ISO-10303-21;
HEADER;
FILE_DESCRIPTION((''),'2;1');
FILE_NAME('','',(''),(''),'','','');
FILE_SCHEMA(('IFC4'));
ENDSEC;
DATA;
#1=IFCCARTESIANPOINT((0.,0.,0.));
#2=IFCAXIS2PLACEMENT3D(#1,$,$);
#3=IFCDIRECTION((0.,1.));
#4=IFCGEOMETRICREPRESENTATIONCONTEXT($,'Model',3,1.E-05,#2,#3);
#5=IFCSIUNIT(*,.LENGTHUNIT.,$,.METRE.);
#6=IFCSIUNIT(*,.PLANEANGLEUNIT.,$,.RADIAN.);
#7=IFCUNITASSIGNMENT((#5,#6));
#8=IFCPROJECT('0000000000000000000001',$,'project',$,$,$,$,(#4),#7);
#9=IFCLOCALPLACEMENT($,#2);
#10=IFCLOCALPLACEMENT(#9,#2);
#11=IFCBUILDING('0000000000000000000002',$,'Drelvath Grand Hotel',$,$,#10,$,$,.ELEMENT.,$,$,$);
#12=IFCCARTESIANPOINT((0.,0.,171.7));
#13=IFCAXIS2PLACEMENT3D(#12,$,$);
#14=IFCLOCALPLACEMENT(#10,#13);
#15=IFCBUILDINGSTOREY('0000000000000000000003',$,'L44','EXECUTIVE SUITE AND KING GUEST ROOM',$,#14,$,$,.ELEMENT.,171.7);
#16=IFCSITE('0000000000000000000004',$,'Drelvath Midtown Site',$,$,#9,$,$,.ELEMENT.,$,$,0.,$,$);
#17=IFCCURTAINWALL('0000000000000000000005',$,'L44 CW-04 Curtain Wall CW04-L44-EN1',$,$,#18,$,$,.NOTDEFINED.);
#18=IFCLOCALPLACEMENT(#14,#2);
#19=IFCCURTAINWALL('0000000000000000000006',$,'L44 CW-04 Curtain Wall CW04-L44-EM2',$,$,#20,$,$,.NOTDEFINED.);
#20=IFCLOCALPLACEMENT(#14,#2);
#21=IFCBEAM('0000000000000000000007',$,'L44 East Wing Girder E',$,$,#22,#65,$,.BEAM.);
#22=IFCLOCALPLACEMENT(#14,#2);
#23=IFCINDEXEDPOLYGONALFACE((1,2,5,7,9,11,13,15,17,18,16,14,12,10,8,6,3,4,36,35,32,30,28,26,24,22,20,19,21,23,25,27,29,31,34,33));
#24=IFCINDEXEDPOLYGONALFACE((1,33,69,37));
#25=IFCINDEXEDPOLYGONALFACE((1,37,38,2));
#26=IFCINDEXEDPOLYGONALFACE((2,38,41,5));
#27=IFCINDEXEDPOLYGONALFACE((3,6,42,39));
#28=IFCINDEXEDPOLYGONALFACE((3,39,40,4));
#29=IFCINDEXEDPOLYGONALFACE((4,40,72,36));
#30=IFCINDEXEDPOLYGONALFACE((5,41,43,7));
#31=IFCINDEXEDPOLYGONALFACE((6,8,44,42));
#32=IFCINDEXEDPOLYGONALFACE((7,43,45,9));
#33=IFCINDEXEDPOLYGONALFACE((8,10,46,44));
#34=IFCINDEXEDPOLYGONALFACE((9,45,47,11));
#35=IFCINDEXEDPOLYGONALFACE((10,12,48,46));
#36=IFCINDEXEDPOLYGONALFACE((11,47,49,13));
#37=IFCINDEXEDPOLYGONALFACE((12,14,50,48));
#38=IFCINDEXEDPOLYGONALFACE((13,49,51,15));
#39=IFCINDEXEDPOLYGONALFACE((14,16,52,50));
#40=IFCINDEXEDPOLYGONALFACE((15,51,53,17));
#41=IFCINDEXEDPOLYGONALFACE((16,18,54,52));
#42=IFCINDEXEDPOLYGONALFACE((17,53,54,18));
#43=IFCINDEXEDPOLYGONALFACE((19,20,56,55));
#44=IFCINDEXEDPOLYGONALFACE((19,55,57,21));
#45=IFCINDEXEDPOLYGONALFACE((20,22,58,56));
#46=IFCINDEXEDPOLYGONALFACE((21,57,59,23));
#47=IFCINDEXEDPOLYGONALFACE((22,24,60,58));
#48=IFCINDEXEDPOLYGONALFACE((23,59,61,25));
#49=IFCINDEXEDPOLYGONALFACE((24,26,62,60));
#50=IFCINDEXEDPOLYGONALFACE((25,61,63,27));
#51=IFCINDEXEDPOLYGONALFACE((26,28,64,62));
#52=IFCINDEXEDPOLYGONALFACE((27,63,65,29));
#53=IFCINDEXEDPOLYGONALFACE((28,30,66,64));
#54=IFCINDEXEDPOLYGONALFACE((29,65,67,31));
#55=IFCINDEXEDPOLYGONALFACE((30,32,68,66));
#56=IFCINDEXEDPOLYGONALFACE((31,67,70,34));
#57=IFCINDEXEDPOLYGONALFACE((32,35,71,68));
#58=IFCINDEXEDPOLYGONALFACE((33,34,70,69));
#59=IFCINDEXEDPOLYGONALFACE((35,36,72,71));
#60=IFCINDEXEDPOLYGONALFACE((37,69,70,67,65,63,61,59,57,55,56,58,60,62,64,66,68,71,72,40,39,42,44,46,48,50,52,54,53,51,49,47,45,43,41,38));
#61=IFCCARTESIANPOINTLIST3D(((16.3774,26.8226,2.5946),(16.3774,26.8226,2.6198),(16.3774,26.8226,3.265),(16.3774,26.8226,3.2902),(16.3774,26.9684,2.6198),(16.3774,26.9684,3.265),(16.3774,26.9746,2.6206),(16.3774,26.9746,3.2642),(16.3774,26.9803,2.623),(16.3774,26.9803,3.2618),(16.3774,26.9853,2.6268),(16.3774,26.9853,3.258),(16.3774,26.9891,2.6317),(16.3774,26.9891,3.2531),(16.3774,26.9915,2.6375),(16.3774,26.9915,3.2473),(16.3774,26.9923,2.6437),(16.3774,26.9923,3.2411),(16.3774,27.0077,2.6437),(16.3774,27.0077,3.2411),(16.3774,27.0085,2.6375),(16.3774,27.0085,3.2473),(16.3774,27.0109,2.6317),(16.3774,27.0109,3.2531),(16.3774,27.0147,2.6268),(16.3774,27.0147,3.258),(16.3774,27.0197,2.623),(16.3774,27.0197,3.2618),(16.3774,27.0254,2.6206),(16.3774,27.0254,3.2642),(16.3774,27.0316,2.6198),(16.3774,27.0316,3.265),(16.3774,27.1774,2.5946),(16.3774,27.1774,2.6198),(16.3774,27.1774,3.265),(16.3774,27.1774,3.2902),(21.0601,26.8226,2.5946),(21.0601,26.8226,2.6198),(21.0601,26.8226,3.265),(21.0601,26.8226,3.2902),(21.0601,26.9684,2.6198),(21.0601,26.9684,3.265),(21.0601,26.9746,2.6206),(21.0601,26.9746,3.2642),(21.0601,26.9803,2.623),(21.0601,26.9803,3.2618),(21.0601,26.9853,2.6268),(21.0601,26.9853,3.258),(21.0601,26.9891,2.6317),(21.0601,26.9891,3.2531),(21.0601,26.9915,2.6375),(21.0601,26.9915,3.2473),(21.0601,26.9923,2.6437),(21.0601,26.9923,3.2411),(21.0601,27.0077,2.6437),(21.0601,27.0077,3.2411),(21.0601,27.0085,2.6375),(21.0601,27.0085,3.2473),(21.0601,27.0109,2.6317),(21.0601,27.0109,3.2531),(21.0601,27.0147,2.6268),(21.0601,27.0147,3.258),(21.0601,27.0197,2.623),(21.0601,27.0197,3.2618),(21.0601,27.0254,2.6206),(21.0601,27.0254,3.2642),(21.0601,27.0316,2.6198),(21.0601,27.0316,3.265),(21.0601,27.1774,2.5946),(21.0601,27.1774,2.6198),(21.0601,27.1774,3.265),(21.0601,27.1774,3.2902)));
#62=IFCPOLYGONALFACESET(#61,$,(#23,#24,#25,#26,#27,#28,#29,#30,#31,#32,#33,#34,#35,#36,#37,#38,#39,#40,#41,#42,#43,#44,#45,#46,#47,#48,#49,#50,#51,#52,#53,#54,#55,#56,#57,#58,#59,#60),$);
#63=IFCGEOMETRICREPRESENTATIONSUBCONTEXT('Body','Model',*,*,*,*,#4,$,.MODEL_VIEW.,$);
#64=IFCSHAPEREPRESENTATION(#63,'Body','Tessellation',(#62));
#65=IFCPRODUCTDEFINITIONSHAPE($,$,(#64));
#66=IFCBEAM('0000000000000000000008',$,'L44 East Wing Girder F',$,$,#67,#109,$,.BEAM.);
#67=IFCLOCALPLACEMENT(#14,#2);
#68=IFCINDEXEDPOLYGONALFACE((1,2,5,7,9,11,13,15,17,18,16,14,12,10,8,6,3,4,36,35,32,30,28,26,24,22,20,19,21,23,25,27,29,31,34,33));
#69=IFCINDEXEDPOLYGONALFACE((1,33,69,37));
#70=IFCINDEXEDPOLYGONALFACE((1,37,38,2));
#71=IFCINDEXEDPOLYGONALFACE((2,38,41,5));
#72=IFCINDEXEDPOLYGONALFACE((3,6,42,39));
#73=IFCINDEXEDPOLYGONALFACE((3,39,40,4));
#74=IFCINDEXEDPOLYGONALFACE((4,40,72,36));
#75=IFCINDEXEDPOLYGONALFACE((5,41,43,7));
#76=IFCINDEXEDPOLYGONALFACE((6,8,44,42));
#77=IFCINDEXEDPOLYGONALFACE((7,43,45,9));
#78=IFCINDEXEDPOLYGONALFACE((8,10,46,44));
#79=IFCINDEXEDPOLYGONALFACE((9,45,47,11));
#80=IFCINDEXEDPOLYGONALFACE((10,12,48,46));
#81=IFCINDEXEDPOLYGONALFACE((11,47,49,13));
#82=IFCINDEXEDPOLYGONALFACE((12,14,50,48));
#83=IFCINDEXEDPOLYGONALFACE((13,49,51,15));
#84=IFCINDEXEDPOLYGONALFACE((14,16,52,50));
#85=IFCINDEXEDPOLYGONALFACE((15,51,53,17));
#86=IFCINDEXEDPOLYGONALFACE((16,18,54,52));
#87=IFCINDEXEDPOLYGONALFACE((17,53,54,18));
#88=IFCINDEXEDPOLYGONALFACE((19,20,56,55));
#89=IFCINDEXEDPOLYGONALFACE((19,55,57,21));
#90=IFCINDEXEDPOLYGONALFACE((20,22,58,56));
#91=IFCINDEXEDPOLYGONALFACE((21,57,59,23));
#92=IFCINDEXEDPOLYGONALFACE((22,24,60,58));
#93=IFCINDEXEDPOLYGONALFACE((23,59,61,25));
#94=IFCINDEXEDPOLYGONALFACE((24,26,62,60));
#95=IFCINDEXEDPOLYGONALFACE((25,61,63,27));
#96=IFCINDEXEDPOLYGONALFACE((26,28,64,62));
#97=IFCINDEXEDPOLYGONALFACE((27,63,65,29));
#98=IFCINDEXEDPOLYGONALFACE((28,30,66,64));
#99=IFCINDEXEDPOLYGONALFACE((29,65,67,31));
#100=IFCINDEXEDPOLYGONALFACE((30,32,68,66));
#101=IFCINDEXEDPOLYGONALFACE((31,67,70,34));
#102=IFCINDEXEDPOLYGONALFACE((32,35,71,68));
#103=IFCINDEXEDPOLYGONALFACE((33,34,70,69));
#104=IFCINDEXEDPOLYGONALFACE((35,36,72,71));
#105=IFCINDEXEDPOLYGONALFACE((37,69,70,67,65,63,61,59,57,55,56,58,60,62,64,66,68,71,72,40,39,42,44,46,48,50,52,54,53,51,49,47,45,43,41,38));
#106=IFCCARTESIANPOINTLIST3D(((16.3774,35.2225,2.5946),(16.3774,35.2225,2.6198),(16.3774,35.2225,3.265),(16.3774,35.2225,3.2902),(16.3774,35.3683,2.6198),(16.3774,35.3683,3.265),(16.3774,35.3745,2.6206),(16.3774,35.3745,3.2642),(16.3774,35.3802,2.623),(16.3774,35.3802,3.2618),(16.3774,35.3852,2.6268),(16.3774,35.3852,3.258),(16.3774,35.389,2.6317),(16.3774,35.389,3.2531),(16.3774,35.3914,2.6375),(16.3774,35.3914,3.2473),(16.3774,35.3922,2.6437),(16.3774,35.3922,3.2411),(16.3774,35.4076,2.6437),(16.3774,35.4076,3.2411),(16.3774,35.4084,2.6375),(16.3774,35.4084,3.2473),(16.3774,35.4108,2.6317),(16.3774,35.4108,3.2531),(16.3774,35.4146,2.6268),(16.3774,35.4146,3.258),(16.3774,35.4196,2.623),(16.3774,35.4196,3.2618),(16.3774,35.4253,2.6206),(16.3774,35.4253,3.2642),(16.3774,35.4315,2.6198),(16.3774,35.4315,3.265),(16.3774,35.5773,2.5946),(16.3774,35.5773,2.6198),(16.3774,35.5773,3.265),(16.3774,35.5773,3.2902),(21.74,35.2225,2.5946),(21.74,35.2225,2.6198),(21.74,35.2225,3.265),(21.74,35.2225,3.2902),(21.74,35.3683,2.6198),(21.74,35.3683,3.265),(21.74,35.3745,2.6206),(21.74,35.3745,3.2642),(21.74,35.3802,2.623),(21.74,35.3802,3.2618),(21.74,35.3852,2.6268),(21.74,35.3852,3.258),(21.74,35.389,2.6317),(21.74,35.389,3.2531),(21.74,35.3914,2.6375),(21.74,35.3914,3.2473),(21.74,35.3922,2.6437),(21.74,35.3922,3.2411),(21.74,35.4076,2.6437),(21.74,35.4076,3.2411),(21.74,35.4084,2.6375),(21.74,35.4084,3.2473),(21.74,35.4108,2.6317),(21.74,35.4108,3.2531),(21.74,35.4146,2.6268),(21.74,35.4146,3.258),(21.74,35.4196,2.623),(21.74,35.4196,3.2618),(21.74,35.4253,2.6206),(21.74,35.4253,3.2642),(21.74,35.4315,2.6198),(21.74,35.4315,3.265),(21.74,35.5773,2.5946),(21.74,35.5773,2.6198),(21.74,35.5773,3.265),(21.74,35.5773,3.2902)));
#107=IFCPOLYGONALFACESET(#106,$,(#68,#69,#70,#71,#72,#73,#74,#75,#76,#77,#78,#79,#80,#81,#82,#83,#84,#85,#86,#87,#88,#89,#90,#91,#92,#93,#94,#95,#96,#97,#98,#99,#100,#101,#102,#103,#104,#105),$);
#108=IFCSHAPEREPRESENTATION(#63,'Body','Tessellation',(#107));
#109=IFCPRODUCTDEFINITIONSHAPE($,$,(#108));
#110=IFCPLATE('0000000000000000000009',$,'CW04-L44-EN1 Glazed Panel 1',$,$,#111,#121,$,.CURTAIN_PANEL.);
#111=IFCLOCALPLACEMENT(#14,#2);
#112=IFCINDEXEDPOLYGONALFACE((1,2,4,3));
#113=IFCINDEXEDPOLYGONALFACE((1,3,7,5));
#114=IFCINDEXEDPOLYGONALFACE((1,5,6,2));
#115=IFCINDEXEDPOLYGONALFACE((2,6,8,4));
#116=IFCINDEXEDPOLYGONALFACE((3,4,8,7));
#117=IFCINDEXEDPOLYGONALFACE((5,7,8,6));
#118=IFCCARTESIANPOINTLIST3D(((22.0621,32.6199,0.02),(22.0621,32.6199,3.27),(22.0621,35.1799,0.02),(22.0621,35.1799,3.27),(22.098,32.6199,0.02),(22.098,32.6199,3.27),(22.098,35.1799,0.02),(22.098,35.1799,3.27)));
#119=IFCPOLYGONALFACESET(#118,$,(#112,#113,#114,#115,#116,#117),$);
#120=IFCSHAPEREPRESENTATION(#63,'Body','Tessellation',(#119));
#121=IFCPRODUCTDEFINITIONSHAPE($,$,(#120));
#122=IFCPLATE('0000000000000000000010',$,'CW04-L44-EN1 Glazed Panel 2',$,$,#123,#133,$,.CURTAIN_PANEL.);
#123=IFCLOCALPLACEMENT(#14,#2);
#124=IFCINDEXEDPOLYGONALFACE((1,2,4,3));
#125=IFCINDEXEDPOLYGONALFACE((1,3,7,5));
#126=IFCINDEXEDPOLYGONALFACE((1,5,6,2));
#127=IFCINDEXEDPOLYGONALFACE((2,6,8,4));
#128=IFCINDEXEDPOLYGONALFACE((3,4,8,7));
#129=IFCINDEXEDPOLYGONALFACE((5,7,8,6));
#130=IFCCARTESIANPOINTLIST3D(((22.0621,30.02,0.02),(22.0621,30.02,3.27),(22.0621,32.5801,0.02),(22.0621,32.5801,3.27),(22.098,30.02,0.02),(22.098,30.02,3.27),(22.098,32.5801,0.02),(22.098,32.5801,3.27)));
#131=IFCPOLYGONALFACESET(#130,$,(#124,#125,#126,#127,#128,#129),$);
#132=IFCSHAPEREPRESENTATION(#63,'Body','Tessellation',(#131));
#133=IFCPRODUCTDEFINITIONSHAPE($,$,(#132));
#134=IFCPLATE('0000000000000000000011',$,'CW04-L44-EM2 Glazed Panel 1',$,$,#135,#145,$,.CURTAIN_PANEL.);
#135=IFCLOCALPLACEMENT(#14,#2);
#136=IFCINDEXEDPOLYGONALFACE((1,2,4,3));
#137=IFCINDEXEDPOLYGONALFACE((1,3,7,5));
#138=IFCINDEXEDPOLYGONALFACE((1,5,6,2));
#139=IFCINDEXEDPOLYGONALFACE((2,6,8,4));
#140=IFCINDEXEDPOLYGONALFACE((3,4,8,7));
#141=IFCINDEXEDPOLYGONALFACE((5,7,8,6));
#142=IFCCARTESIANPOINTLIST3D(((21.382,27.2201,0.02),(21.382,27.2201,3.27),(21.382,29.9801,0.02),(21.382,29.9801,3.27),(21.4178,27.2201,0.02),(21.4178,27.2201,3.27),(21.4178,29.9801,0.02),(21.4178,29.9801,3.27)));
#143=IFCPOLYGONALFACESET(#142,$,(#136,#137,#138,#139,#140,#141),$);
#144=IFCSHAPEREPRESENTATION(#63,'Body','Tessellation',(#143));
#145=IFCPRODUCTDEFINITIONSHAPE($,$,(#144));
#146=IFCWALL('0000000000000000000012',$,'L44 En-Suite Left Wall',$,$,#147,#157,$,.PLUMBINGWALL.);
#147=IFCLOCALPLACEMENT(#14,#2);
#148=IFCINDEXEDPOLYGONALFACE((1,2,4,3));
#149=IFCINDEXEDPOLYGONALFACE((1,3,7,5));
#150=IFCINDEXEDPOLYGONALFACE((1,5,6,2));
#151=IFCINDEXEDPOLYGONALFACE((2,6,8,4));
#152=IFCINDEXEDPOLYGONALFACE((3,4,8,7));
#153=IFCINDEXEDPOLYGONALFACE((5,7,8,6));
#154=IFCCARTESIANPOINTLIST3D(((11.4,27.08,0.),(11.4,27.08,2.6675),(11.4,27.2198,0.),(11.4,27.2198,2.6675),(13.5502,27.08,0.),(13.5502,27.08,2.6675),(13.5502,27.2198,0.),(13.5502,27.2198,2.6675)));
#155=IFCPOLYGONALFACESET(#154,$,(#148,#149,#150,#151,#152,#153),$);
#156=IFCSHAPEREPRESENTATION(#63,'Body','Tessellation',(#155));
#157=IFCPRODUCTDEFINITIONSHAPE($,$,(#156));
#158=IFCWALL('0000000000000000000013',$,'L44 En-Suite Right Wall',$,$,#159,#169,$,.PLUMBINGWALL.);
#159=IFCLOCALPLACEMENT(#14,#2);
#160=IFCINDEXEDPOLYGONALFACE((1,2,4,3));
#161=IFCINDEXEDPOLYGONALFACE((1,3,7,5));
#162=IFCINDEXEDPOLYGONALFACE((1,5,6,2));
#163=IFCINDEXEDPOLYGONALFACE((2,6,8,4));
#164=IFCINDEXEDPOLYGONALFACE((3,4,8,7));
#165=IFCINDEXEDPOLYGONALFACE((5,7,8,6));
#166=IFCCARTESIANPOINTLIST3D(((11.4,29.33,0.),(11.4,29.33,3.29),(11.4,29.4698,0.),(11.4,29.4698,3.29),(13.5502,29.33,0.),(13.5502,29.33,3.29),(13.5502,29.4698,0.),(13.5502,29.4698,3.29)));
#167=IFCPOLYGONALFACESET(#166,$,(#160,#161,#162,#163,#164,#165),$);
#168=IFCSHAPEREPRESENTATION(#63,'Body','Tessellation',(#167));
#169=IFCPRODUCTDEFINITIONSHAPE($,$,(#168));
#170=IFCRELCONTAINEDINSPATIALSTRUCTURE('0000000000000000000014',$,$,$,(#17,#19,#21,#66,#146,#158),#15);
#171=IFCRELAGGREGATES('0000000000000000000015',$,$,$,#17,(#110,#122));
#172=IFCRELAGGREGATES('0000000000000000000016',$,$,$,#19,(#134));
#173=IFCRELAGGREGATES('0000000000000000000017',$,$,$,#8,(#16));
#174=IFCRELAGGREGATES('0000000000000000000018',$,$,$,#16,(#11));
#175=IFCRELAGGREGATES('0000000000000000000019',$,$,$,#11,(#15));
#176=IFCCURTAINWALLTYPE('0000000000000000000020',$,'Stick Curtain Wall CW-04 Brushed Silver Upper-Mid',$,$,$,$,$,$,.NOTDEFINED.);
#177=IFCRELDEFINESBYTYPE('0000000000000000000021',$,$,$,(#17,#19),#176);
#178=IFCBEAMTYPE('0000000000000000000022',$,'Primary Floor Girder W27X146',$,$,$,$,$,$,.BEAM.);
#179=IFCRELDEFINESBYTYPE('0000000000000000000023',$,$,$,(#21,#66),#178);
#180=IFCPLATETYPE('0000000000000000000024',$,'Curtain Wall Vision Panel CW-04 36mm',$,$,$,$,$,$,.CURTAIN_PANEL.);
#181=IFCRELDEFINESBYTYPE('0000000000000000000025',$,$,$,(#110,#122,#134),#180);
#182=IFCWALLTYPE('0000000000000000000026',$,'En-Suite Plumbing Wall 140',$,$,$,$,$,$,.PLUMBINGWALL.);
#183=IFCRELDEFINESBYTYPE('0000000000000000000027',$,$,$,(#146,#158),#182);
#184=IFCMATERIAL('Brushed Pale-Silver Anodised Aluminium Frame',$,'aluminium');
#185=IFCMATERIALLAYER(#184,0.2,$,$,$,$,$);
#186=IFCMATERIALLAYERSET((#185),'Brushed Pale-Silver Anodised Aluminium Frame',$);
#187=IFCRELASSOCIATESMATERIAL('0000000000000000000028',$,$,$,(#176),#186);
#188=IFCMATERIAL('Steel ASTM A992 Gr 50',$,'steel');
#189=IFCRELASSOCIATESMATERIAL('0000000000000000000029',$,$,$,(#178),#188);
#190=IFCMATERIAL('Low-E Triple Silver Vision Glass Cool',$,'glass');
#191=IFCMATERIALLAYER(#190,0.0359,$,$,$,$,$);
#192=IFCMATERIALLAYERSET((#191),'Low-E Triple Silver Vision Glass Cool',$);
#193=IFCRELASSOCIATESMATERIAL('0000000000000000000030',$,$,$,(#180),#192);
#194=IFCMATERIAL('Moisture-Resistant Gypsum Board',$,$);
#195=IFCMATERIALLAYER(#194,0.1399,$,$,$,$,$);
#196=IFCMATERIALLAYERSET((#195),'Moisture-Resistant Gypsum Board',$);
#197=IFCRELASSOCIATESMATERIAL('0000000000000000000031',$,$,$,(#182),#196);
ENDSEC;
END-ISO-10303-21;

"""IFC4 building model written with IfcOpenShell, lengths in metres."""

from ifc_helpers import new_model, si_unit, direction, frame, frame_2d, origin, origin_2d, place, context, subcontext, project, spatial, rectangle, i_section, extrude, material, layer, layer_set, material_profile, profile_set, type_object, element, aggregate, save


model = new_model("IFC4")

# Units and contexts
model_context = context("Model", 3, precision=1e-05, world=origin(), true_north=direction((0.0, 1.0)))
body_context = subcontext(model_context, "Body", "Model", "MODEL_VIEW")
ifc_project = project(units=[si_unit("LENGTHUNIT", "METRE"), si_unit("PLANEANGLEUNIT", "RADIAN")], contexts=[model_context])

# Site, building, storey
site_placement = place(None, origin())
site = spatial("IfcSite", under=ifc_project, at=site_placement, Name="Drelvath Midtown Site", CompositionType="ELEMENT", RefElevation=0.0)
building_placement = place(site_placement, origin())
building = spatial("IfcBuilding", under=site, at=building_placement, Name="Drelvath Grand Hotel", CompositionType="ELEMENT")
storey_placement = place(building_placement, frame((0.0, 0.0, 171.7)))
storey = spatial("IfcBuildingStorey", under=building, at=storey_placement, Name="L44", Description="EXECUTIVE SUITE AND KING GUEST ROOM", CompositionType="ELEMENT", Elevation=171.7)

# Curtain walls
ifc_material_1 = material(Name="Brushed Pale-Silver Anodised Aluminium Frame", Category="aluminium")
ifc_layer_1 = layer(ifc_material_1, 0.2)
ifc_layer_set_1 = layer_set([ifc_layer_1], Name="Brushed Pale-Silver Anodised Aluminium Frame")
curtain_wall_type = type_object("IfcCurtainWallType", Name="Stick Curtain Wall CW-04 Brushed Silver Upper-Mid", PredefinedType="NOTDEFINED", material=ifc_layer_set_1)
curtain_wall_1_placement = place(storey_placement, origin())
curtain_wall_1 = element("IfcCurtainWall", 1, at=curtain_wall_1_placement, inside=storey, type_object=curtain_wall_type, Name="L44 CW-04 Curtain Wall CW04-L44-EN1", PredefinedType="NOTDEFINED")
curtain_wall_2_placement = place(storey_placement, origin())
curtain_wall_2 = element("IfcCurtainWall", 2, at=curtain_wall_2_placement, inside=storey, type_object=curtain_wall_type, Name="L44 CW-04 Curtain Wall CW04-L44-EM2", PredefinedType="NOTDEFINED")

# Beams
ifc_material_2 = material(Name="Steel ASTM A992 Gr 50", Category="steel")
ifc_material_profile_1 = material_profile(ifc_material_2, i_section(OverallWidth=0.3547, OverallDepth=0.6956, WebThickness=0.0154, FlangeThickness=0.0251, FilletRadius=0.0239, at=origin_2d()), Name="W27X146")
ifc_profile_set_1 = profile_set([ifc_material_profile_1], Name="Steel ASTM A992 Gr 50")
beam_type_1 = type_object("IfcBeamType", Name="Primary Floor Girder W27X146", PredefinedType="BEAM", material=ifc_profile_set_1)
beam_1_placement = place(storey_placement, frame((16.3774, 27.0, 2.9424), z_axis=(1.0, 0.0, 0.0), x_axis=(0.0, 1.0, 0.0)))
element("IfcBeam", 3, at=beam_1_placement, inside=storey, type_object=beam_type_1, Name="L44 East Wing Girder E", PredefinedType="BEAM", context=body_context, shape_type="SweptSolid", body=[
    extrude(i_section(OverallWidth=0.3547, OverallDepth=0.6956, WebThickness=0.0154, FlangeThickness=0.0251, FilletRadius=0.0239, at=origin_2d()), origin(), (0.0, 0.0, 1.0), 4.6826),
])
beam_2_placement = place(storey_placement, frame((16.3774, 35.3999, 2.9424), z_axis=(1.0, 0.0, 0.0), x_axis=(0.0, 1.0, 0.0)))
element("IfcBeam", 4, at=beam_2_placement, inside=storey, type_object=beam_type_1, Name="L44 East Wing Girder F", PredefinedType="BEAM", context=body_context, shape_type="SweptSolid", body=[
    extrude(i_section(OverallWidth=0.3547, OverallDepth=0.6956, WebThickness=0.0154, FlangeThickness=0.0251, FilletRadius=0.0239, at=origin_2d()), origin(), (0.0, 0.0, 1.0), 5.3625),
])

# Plates
ifc_material_3 = material(Name="Low-E Triple Silver Vision Glass Cool", Category="glass")
ifc_layer_2 = layer(ifc_material_3, 0.0359)
ifc_layer_set_2 = layer_set([ifc_layer_2], Name="Low-E Triple Silver Vision Glass Cool")
plate_type = type_object("IfcPlateType", Name="Curtain Wall Vision Panel CW-04 36mm", PredefinedType="CURTAIN_PANEL", material=ifc_layer_set_2)
plate_1_placement = place(storey_placement, frame((22.0801, 33.8999, 0.02), z_axis=(0.0, 0.0, 1.0), x_axis=(0.0, -1.0, 0.0)))
plate_1 = element("IfcPlate", 5, at=plate_1_placement, type_object=plate_type, Name="CW04-L44-EN1 Glazed Panel 1", PredefinedType="CURTAIN_PANEL", context=body_context, shape_type="SweptSolid", body=[
    extrude(rectangle(XDim=2.5601, YDim=0.0359, at=origin_2d()), origin(), (0.0, 0.0, 1.0), 3.25),
])
plate_2_placement = place(storey_placement, frame((22.0801, 31.3, 0.02), z_axis=(0.0, 0.0, 1.0), x_axis=(0.0, -1.0, 0.0)))
plate_2 = element("IfcPlate", 6, at=plate_2_placement, type_object=plate_type, Name="CW04-L44-EN1 Glazed Panel 2", PredefinedType="CURTAIN_PANEL", context=body_context, shape_type="SweptSolid", body=[
    extrude(rectangle(XDim=2.5601, YDim=0.0359, at=origin_2d()), origin(), (0.0, 0.0, 1.0), 3.25),
])
aggregate(curtain_wall_1, [plate_1, plate_2])
plate_3_placement = place(storey_placement, frame((21.3999, 28.6001, 0.02), z_axis=(0.0, 0.0, 1.0), x_axis=(0.0, -1.0, 0.0)))
plate_3 = element("IfcPlate", 7, at=plate_3_placement, type_object=plate_type, Name="CW04-L44-EM2 Glazed Panel 1", PredefinedType="CURTAIN_PANEL", context=body_context, shape_type="SweptSolid", body=[
    extrude(rectangle(XDim=2.76, YDim=0.0359, at=origin_2d()), origin(), (0.0, 0.0, 1.0), 3.25),
])
aggregate(curtain_wall_2, [plate_3])

# Walls
ifc_material_4 = material(Name="Moisture-Resistant Gypsum Board")
ifc_layer_3 = layer(ifc_material_4, 0.1399)
ifc_layer_set_3 = layer_set([ifc_layer_3], Name="Moisture-Resistant Gypsum Board")
wall_type_1 = type_object("IfcWallType", Name="En-Suite Plumbing Wall 140", PredefinedType="PLUMBINGWALL", material=ifc_layer_set_3)
wall_1_placement = place(storey_placement, frame((11.3999, 27.1499, 0.0), z_axis=(0.0, 0.0, 1.0), x_axis=(1.0, 0.0, 0.0)))
element("IfcWall", 8, at=wall_1_placement, inside=storey, type_object=wall_type_1, Name="L44 En-Suite Left Wall", PredefinedType="PLUMBINGWALL", context=body_context, shape_type="SweptSolid", body=[
    extrude(rectangle(XDim=2.1501, YDim=0.1399, at=frame_2d((1.0752, 0.0))), origin(), (0.0, 0.0, 1.0), 2.6675),
])
wall_2_placement = place(storey_placement, frame((11.3999, 29.3999, 0.0), z_axis=(0.0, 0.0, 1.0), x_axis=(1.0, 0.0, 0.0)))
element("IfcWall", 9, at=wall_2_placement, inside=storey, type_object=wall_type_1, Name="L44 En-Suite Right Wall", PredefinedType="PLUMBINGWALL", context=body_context, shape_type="SweptSolid", body=[
    extrude(rectangle(XDim=2.1501, YDim=0.1399, at=frame_2d((1.0752, 0.0))), origin(), (0.0, 0.0, 1.0), 3.29),
])

save(model, "model.ifc")
